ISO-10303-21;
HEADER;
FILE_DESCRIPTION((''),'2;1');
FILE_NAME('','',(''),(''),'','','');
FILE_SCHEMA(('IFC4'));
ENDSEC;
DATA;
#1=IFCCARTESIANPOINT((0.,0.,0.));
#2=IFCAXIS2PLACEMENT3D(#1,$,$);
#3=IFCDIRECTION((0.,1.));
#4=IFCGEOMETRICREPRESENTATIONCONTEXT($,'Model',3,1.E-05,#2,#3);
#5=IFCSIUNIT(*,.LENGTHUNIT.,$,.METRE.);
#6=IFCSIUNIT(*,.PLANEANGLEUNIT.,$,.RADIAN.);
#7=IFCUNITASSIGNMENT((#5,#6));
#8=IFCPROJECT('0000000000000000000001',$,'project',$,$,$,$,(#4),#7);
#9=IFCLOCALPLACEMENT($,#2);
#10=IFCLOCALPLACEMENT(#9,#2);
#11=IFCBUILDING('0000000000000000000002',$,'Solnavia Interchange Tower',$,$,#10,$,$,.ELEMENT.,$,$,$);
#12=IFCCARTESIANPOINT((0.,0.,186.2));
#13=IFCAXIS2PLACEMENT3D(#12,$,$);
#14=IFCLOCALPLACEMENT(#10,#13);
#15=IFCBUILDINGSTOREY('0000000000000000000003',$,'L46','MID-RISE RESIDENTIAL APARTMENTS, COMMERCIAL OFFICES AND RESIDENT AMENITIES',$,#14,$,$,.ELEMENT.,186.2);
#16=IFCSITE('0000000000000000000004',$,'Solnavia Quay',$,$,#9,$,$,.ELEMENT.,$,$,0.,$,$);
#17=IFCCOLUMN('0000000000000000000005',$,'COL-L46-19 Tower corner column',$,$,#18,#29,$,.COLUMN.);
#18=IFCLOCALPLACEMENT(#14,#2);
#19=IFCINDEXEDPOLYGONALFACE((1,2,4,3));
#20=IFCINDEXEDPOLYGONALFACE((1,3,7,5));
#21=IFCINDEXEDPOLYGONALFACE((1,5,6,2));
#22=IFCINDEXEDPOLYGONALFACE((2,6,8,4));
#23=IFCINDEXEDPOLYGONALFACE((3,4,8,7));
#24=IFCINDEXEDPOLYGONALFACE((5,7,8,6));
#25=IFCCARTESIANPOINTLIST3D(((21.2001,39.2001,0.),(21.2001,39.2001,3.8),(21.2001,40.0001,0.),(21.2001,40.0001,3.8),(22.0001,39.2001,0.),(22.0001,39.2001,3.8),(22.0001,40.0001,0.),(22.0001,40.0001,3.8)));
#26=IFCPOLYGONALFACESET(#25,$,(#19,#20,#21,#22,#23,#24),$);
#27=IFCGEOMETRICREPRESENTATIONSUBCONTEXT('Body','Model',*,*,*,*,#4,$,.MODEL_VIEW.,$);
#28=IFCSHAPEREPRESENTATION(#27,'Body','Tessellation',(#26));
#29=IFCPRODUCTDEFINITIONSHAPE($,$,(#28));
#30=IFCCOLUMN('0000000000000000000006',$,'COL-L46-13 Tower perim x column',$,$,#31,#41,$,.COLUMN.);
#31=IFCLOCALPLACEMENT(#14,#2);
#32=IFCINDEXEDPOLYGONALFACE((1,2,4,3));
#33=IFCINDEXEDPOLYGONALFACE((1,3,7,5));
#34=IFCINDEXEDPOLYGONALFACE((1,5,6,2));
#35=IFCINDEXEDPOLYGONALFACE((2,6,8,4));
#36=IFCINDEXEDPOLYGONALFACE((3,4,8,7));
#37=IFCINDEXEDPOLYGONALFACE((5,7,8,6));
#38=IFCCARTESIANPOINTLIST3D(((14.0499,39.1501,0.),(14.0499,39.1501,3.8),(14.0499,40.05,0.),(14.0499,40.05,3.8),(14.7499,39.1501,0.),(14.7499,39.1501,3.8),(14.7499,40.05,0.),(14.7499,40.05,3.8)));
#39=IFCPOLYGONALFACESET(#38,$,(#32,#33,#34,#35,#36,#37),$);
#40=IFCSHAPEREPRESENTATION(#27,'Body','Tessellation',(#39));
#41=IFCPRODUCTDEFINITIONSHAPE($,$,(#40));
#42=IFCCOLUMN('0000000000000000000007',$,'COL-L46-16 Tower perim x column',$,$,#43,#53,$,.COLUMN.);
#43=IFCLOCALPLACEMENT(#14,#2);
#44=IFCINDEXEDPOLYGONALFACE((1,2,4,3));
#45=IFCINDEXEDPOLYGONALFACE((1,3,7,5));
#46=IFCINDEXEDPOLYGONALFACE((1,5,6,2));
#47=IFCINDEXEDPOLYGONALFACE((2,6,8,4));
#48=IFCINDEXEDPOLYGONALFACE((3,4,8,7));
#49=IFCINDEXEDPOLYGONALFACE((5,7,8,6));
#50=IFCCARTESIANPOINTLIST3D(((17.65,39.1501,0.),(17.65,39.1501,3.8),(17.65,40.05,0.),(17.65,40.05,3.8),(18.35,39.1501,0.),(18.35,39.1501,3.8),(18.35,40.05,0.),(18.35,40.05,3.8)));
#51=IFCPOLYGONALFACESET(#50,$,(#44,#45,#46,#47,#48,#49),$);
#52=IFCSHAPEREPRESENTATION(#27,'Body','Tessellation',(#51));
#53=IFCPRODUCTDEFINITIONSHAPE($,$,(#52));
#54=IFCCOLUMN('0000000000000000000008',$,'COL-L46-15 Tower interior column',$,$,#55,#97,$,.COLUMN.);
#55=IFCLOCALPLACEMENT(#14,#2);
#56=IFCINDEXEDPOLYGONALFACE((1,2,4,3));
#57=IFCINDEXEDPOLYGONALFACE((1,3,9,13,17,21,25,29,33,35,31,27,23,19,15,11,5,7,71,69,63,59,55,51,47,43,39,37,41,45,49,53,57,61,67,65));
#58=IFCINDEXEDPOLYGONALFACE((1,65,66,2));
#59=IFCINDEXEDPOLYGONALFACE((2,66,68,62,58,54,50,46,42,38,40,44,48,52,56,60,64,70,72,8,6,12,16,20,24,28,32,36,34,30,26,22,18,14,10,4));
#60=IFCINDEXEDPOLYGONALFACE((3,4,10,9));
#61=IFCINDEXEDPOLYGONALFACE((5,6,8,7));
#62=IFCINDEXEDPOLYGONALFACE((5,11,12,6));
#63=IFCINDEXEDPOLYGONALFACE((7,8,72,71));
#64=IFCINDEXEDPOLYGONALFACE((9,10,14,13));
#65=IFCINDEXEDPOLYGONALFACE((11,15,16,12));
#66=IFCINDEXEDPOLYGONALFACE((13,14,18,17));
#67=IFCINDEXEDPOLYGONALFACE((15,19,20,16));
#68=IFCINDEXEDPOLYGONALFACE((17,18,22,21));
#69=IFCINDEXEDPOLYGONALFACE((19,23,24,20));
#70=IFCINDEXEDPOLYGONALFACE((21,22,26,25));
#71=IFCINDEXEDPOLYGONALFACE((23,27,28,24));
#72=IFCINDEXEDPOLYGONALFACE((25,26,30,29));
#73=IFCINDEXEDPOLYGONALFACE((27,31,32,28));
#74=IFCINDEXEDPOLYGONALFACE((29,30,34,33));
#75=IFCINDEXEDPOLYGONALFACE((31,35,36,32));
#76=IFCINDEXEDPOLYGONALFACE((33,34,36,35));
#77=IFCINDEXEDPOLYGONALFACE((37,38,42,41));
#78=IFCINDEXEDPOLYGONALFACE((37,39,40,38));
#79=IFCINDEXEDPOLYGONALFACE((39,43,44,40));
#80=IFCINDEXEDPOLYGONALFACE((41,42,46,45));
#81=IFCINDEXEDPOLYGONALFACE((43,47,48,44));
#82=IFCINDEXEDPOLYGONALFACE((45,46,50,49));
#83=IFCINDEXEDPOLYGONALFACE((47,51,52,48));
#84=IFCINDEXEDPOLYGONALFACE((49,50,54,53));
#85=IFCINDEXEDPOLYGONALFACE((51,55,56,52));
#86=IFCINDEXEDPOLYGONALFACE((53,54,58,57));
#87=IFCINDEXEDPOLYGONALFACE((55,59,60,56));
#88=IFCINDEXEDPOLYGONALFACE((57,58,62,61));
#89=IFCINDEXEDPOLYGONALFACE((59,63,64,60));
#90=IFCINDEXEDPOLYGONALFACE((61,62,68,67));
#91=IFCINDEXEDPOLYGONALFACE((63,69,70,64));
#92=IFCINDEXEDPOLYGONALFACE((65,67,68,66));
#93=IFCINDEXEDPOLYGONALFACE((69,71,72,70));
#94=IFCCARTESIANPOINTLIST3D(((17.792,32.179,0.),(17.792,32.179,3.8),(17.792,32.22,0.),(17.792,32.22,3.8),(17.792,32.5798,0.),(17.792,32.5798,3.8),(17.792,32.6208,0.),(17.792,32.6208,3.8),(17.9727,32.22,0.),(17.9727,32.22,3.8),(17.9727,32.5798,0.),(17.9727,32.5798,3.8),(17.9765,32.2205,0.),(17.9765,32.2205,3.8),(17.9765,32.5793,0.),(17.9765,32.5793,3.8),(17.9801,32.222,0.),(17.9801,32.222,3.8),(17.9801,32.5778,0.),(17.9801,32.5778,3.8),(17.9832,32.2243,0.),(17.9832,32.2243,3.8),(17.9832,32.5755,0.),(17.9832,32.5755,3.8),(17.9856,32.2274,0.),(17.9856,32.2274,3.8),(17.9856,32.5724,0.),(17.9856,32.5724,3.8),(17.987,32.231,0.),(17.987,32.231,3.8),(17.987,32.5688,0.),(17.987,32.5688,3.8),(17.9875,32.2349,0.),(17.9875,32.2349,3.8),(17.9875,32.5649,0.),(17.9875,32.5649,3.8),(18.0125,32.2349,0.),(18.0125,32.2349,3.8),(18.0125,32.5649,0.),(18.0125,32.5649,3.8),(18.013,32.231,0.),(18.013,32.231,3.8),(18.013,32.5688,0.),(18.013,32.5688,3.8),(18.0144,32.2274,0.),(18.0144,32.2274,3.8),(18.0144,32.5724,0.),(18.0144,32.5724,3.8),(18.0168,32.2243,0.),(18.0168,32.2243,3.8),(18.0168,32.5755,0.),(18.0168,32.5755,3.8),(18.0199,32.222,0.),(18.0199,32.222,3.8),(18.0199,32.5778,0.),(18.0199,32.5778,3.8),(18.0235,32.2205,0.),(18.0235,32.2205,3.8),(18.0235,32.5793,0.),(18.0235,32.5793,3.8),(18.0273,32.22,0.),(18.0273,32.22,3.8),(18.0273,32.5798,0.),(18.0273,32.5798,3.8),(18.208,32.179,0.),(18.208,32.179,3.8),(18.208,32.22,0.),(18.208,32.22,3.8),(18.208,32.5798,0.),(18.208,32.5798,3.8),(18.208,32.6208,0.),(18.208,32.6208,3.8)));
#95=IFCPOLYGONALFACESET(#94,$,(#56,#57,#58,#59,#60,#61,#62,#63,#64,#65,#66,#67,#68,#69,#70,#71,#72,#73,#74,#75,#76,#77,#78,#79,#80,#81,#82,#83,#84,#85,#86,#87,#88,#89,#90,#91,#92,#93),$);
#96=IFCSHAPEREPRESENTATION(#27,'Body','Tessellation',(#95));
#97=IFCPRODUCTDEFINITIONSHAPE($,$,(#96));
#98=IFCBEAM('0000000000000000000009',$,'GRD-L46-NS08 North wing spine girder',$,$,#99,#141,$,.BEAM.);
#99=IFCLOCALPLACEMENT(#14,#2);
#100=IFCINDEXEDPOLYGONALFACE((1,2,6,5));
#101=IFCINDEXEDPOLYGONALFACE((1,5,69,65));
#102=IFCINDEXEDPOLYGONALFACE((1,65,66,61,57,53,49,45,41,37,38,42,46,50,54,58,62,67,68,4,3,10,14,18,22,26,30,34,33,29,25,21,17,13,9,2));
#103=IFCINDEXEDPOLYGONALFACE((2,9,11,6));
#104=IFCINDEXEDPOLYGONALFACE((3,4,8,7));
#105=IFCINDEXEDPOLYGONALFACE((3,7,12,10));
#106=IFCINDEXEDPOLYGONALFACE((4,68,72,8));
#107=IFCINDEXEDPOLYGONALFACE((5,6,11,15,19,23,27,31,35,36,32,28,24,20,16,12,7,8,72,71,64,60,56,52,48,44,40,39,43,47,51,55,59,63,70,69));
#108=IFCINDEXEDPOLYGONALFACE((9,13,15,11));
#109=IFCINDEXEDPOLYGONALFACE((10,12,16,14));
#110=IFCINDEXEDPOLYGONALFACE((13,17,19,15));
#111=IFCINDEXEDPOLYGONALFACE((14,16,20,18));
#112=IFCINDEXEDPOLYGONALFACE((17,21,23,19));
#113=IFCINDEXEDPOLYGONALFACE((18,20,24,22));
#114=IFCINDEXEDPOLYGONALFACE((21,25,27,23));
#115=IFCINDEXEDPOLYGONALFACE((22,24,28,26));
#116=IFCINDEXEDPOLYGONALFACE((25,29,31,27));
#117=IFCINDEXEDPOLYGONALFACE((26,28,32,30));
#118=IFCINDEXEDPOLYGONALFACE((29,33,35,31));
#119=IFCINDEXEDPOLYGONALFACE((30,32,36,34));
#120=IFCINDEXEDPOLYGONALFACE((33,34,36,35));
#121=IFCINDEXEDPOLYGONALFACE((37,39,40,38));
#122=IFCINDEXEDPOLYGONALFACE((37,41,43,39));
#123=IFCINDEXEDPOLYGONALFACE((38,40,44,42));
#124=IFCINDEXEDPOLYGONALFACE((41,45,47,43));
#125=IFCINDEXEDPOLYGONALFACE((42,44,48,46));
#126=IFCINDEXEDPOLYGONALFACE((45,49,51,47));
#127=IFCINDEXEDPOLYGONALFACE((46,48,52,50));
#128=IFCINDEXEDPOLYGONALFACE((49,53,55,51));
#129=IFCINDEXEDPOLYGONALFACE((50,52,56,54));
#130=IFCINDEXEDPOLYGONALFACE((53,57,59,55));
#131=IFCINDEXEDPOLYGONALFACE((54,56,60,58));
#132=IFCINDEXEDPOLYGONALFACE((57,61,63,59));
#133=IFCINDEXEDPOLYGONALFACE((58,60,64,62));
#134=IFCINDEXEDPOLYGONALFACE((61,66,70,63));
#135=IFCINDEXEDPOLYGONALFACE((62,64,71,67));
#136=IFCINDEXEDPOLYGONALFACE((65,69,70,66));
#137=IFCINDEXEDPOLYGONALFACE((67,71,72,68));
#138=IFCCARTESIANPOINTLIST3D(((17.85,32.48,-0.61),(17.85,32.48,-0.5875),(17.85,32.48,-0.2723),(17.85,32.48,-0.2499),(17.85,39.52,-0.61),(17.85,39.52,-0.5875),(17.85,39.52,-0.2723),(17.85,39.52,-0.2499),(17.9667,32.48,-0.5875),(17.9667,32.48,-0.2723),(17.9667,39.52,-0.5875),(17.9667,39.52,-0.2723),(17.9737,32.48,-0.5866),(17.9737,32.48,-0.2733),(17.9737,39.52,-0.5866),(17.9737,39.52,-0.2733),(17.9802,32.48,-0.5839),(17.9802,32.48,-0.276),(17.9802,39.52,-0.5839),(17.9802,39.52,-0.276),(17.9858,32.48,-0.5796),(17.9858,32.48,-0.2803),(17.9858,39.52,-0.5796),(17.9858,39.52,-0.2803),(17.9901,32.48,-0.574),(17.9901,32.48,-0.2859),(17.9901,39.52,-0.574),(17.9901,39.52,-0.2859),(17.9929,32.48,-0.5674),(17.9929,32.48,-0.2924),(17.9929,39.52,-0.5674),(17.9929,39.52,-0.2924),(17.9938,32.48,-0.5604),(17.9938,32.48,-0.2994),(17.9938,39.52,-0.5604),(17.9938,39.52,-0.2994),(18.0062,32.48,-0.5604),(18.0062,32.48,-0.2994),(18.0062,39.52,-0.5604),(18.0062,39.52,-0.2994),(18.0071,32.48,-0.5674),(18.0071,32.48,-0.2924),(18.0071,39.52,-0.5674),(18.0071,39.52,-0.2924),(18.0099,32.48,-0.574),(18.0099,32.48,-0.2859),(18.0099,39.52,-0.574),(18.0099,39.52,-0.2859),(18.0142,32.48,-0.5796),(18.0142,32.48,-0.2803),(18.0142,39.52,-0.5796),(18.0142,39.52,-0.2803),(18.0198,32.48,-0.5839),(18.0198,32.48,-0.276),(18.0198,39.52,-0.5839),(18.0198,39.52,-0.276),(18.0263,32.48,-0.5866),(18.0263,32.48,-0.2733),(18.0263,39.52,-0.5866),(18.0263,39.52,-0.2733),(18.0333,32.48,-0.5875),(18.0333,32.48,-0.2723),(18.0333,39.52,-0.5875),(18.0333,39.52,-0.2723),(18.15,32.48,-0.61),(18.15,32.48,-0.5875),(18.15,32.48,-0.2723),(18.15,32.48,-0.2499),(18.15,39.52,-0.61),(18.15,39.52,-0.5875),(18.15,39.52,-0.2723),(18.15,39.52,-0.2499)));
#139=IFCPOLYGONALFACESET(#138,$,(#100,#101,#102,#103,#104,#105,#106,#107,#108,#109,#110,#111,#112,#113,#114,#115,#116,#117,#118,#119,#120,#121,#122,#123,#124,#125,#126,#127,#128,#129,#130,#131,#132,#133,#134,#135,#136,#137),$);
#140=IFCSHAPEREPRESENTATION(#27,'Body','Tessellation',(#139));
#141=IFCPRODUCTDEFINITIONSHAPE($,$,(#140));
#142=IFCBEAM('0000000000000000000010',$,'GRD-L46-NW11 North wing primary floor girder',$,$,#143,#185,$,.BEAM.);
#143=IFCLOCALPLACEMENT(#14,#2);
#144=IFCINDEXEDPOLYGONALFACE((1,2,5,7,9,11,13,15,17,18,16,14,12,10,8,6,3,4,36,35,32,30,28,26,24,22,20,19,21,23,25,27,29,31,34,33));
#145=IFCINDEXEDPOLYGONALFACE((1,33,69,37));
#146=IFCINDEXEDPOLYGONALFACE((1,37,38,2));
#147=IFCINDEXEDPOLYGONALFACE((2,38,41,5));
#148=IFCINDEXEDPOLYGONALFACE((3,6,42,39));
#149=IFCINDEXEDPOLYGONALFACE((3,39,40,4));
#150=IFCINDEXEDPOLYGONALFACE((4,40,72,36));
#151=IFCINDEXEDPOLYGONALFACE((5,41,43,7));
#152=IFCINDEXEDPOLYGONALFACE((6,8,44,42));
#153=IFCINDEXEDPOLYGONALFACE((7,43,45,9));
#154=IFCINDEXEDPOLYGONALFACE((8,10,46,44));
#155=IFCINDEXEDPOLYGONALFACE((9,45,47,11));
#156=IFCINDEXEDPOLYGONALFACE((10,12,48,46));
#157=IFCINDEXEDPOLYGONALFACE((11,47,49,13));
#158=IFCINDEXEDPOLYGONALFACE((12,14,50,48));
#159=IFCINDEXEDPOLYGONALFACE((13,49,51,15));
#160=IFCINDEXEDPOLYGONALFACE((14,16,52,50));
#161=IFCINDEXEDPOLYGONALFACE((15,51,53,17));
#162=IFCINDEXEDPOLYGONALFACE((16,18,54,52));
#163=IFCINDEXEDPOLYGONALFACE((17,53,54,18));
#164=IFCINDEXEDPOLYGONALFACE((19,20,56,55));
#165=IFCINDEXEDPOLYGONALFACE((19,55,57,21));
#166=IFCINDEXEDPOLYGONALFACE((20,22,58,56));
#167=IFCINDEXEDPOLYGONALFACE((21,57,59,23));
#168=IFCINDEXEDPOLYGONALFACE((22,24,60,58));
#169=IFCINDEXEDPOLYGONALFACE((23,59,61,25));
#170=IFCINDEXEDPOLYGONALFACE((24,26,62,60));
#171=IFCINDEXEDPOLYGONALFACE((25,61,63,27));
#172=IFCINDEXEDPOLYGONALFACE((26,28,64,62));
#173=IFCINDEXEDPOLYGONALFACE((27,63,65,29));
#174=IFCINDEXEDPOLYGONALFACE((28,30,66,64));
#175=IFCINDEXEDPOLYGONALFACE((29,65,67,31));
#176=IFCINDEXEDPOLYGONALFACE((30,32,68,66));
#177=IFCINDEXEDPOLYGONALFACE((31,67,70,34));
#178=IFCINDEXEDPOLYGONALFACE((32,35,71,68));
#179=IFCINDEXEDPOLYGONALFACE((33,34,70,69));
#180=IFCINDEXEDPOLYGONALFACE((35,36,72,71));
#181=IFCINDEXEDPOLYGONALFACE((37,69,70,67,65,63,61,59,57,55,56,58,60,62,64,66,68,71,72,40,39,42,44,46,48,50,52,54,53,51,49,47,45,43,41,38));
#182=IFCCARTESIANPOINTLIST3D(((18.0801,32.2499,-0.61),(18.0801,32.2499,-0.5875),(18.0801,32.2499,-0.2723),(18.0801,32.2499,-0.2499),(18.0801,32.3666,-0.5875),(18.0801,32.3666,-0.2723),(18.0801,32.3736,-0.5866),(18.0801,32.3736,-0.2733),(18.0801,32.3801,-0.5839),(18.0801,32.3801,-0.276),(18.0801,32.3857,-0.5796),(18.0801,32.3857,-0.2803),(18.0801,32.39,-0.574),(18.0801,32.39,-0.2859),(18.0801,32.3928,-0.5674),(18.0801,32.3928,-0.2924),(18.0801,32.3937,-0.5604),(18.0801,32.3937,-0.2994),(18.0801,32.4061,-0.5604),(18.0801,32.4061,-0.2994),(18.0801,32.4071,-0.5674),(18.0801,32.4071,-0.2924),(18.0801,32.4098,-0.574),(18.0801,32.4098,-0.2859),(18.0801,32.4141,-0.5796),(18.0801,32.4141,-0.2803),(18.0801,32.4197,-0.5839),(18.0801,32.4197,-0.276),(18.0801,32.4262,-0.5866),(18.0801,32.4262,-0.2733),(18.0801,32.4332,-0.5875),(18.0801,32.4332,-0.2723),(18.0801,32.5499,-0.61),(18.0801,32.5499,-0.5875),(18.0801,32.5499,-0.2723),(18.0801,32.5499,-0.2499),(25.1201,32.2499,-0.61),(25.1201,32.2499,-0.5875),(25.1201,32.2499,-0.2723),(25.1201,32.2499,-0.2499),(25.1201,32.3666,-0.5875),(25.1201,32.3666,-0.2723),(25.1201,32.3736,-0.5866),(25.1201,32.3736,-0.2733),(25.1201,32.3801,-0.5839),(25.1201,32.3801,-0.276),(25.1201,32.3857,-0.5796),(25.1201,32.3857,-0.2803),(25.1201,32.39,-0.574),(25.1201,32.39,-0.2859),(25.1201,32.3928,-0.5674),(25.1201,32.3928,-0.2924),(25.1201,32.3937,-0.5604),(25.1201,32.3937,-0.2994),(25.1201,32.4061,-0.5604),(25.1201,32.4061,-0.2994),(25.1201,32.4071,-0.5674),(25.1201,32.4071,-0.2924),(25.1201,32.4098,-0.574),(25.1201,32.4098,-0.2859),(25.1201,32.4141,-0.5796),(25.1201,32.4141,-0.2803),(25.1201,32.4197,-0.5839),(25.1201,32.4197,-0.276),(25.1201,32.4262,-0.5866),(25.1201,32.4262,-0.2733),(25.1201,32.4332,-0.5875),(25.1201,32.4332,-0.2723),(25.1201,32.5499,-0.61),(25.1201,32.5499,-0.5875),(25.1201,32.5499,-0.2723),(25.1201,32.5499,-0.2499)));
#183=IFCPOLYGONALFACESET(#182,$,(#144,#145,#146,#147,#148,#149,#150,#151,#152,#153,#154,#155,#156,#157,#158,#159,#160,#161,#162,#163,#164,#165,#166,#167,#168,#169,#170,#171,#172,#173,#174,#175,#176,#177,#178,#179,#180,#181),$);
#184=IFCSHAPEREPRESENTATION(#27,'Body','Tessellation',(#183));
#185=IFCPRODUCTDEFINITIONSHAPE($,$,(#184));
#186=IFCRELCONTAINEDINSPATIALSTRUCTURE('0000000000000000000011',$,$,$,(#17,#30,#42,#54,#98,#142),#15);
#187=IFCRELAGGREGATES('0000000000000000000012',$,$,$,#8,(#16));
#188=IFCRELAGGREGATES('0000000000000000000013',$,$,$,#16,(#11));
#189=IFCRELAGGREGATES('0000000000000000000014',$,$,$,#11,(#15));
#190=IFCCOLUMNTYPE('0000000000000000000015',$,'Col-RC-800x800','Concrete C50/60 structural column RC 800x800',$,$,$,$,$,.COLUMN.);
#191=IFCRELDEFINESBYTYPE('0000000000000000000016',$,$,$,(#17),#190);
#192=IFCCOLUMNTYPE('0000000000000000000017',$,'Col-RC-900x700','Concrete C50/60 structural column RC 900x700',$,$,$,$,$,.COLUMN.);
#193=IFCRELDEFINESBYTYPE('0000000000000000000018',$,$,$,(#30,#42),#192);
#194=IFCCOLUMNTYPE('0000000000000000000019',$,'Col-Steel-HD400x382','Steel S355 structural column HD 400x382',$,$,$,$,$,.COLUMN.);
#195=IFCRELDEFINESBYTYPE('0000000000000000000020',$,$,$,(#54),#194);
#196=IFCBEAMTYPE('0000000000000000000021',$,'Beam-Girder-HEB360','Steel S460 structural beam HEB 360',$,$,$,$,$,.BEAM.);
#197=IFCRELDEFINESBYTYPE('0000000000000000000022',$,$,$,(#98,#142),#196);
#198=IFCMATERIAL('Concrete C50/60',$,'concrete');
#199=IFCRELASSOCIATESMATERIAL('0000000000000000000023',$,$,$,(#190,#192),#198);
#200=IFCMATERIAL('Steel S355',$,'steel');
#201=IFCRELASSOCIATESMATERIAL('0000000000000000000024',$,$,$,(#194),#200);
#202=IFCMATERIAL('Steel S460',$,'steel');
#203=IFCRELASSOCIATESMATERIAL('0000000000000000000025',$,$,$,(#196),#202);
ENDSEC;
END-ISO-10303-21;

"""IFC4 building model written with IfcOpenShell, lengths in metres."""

from ifc_helpers import new_model, si_unit, direction, frame, origin, origin_2d, place, context, subcontext, project, spatial, rectangle, i_section, extrude, material, material_profile, profile_set, type_object, element, save


model = new_model("IFC4")

# Units and contexts
model_context = context("Model", 3, precision=1e-05, world=origin(), true_north=direction((0.0, 1.0)))
body_context = subcontext(model_context, "Body", "Model", "MODEL_VIEW")
ifc_project = project(units=[si_unit("LENGTHUNIT", "METRE"), si_unit("PLANEANGLEUNIT", "RADIAN")], contexts=[model_context])

# Site, building, storey
site_placement = place(None, origin())
site = spatial("IfcSite", under=ifc_project, at=site_placement, Name="Solnavia Quay", CompositionType="ELEMENT", RefElevation=0.0)
building_placement = place(site_placement, origin())
building = spatial("IfcBuilding", under=site, at=building_placement, Name="Solnavia Interchange Tower", CompositionType="ELEMENT")
storey_placement = place(building_placement, frame((0.0, 0.0, 186.2)))
storey = spatial("IfcBuildingStorey", under=building, at=storey_placement, Name="L46", Description="MID-RISE RESIDENTIAL APARTMENTS, COMMERCIAL OFFICES AND RESIDENT AMENITIES", CompositionType="ELEMENT", Elevation=186.2)

# Columns
ifc_material_1 = material(Name="Concrete C50/60", Category="concrete")
ifc_material_profile_1 = material_profile(ifc_material_1, rectangle(XDim=0.8, YDim=0.8, at=origin_2d()), Name="RC 800x800")
ifc_profile_set_1 = profile_set([ifc_material_profile_1], Name="Concrete C50/60")
column_type_1 = type_object("IfcColumnType", Name="Col-RC-800x800", Description="Concrete C50/60 structural column RC 800x800", PredefinedType="COLUMN", material=ifc_profile_set_1)
column_1_placement = place(storey_placement, frame((21.6001, 39.6001, 0.0), z_axis=(0.0, 0.0, 1.0), x_axis=(1.0, 0.0, 0.0)))
element("IfcColumn", 1, at=column_1_placement, inside=storey, type_object=column_type_1, Name="COL-L46-19 Tower corner column", PredefinedType="COLUMN", context=body_context, shape_type="SweptSolid", body=[
    extrude(rectangle(XDim=0.8, YDim=0.8, at=origin_2d()), origin(), (0.0, 0.0, 1.0), 3.8),
])
ifc_material_profile_2 = material_profile(ifc_material_1, rectangle(XDim=0.7, YDim=0.8999, at=origin_2d()), Name="RC 900x700")
ifc_profile_set_2 = profile_set([ifc_material_profile_2], Name="Concrete C50/60")
column_type_2 = type_object("IfcColumnType", Name="Col-RC-900x700", Description="Concrete C50/60 structural column RC 900x700", PredefinedType="COLUMN", material=ifc_profile_set_2)
for number, where, z_axis, x_axis, name in (
    (2, (14.3999, 39.6001, 0.0), (0.0, 0.0, 1.0), (1.0, 0.0, 0.0), "COL-L46-13 Tower perim x column"),
    (3, (18.0, 39.6001, 0.0), (0.0, 0.0, 1.0), (1.0, 0.0, 0.0), "COL-L46-16 Tower perim x column"),
):
    element("IfcColumn", number, at=place(storey_placement, frame(where, z_axis=z_axis, x_axis=x_axis)), inside=storey, type_object=column_type_2, Name=name, PredefinedType="COLUMN", context=body_context, shape_type="SweptSolid", body=[
        extrude(rectangle(XDim=0.7, YDim=0.8999, at=origin_2d()), origin(), (0.0, 0.0, 1.0), 3.8),
    ])
ifc_material_2 = material(Name="Steel S355", Category="steel")
ifc_material_profile_3 = material_profile(ifc_material_2, i_section(OverallWidth=0.416, OverallDepth=0.4419, WebThickness=0.0249, FlangeThickness=0.041, FilletRadius=0.0149, at=origin_2d()), Name="HD 400x382")
ifc_profile_set_3 = profile_set([ifc_material_profile_3], Name="Steel S355")
column_type_3 = type_object("IfcColumnType", Name="Col-Steel-HD400x382", Description="Steel S355 structural column HD 400x382", PredefinedType="COLUMN", material=ifc_profile_set_3)
column_2_placement = place(storey_placement, frame((18.0, 32.3999, 0.0), z_axis=(0.0, 0.0, 1.0), x_axis=(1.0, 0.0, 0.0)))
element("IfcColumn", 4, at=column_2_placement, inside=storey, type_object=column_type_3, Name="COL-L46-15 Tower interior column", PredefinedType="COLUMN", context=body_context, shape_type="SweptSolid", body=[
    extrude(i_section(OverallWidth=0.416, OverallDepth=0.4419, WebThickness=0.0249, FlangeThickness=0.041, FilletRadius=0.0149, at=origin_2d()), origin(), (0.0, 0.0, 1.0), 3.8),
])

# Beams
ifc_material_3 = material(Name="Steel S460", Category="steel")
ifc_material_profile_4 = material_profile(ifc_material_3, i_section(OverallWidth=0.3, OverallDepth=0.3601, WebThickness=0.0125, FlangeThickness=0.0225, FilletRadius=0.0271, at=origin_2d()), Name="HEB 360")
ifc_profile_set_4 = profile_set([ifc_material_profile_4], Name="Steel S460")
beam_type_1 = type_object("IfcBeamType", Name="Beam-Girder-HEB360", Description="Steel S460 structural beam HEB 360", PredefinedType="BEAM", material=ifc_profile_set_4)
for number, where, z_axis, x_axis, name in (
    (5, (18.0, 32.48, -0.4299), (0.0, 1.0, 0.0), (-1.0, 0.0, 0.0), "GRD-L46-NS08 North wing spine girder"),
    (6, (18.0801, 32.3999, -0.4299), (1.0, 0.0, 0.0), (0.0, 1.0, 0.0), "GRD-L46-NW11 North wing primary floor girder"),
):
    element("IfcBeam", number, at=place(storey_placement, frame(where, z_axis=z_axis, x_axis=x_axis)), inside=storey, type_object=beam_type_1, Name=name, PredefinedType="BEAM", context=body_context, shape_type="SweptSolid", body=[
        extrude(i_section(OverallWidth=0.3, OverallDepth=0.3601, WebThickness=0.0125, FlangeThickness=0.0225, FilletRadius=0.0271, at=origin_2d()), origin(), (0.0, 0.0, 1.0), 7.04),
    ])

save(model, "model.ifc")
